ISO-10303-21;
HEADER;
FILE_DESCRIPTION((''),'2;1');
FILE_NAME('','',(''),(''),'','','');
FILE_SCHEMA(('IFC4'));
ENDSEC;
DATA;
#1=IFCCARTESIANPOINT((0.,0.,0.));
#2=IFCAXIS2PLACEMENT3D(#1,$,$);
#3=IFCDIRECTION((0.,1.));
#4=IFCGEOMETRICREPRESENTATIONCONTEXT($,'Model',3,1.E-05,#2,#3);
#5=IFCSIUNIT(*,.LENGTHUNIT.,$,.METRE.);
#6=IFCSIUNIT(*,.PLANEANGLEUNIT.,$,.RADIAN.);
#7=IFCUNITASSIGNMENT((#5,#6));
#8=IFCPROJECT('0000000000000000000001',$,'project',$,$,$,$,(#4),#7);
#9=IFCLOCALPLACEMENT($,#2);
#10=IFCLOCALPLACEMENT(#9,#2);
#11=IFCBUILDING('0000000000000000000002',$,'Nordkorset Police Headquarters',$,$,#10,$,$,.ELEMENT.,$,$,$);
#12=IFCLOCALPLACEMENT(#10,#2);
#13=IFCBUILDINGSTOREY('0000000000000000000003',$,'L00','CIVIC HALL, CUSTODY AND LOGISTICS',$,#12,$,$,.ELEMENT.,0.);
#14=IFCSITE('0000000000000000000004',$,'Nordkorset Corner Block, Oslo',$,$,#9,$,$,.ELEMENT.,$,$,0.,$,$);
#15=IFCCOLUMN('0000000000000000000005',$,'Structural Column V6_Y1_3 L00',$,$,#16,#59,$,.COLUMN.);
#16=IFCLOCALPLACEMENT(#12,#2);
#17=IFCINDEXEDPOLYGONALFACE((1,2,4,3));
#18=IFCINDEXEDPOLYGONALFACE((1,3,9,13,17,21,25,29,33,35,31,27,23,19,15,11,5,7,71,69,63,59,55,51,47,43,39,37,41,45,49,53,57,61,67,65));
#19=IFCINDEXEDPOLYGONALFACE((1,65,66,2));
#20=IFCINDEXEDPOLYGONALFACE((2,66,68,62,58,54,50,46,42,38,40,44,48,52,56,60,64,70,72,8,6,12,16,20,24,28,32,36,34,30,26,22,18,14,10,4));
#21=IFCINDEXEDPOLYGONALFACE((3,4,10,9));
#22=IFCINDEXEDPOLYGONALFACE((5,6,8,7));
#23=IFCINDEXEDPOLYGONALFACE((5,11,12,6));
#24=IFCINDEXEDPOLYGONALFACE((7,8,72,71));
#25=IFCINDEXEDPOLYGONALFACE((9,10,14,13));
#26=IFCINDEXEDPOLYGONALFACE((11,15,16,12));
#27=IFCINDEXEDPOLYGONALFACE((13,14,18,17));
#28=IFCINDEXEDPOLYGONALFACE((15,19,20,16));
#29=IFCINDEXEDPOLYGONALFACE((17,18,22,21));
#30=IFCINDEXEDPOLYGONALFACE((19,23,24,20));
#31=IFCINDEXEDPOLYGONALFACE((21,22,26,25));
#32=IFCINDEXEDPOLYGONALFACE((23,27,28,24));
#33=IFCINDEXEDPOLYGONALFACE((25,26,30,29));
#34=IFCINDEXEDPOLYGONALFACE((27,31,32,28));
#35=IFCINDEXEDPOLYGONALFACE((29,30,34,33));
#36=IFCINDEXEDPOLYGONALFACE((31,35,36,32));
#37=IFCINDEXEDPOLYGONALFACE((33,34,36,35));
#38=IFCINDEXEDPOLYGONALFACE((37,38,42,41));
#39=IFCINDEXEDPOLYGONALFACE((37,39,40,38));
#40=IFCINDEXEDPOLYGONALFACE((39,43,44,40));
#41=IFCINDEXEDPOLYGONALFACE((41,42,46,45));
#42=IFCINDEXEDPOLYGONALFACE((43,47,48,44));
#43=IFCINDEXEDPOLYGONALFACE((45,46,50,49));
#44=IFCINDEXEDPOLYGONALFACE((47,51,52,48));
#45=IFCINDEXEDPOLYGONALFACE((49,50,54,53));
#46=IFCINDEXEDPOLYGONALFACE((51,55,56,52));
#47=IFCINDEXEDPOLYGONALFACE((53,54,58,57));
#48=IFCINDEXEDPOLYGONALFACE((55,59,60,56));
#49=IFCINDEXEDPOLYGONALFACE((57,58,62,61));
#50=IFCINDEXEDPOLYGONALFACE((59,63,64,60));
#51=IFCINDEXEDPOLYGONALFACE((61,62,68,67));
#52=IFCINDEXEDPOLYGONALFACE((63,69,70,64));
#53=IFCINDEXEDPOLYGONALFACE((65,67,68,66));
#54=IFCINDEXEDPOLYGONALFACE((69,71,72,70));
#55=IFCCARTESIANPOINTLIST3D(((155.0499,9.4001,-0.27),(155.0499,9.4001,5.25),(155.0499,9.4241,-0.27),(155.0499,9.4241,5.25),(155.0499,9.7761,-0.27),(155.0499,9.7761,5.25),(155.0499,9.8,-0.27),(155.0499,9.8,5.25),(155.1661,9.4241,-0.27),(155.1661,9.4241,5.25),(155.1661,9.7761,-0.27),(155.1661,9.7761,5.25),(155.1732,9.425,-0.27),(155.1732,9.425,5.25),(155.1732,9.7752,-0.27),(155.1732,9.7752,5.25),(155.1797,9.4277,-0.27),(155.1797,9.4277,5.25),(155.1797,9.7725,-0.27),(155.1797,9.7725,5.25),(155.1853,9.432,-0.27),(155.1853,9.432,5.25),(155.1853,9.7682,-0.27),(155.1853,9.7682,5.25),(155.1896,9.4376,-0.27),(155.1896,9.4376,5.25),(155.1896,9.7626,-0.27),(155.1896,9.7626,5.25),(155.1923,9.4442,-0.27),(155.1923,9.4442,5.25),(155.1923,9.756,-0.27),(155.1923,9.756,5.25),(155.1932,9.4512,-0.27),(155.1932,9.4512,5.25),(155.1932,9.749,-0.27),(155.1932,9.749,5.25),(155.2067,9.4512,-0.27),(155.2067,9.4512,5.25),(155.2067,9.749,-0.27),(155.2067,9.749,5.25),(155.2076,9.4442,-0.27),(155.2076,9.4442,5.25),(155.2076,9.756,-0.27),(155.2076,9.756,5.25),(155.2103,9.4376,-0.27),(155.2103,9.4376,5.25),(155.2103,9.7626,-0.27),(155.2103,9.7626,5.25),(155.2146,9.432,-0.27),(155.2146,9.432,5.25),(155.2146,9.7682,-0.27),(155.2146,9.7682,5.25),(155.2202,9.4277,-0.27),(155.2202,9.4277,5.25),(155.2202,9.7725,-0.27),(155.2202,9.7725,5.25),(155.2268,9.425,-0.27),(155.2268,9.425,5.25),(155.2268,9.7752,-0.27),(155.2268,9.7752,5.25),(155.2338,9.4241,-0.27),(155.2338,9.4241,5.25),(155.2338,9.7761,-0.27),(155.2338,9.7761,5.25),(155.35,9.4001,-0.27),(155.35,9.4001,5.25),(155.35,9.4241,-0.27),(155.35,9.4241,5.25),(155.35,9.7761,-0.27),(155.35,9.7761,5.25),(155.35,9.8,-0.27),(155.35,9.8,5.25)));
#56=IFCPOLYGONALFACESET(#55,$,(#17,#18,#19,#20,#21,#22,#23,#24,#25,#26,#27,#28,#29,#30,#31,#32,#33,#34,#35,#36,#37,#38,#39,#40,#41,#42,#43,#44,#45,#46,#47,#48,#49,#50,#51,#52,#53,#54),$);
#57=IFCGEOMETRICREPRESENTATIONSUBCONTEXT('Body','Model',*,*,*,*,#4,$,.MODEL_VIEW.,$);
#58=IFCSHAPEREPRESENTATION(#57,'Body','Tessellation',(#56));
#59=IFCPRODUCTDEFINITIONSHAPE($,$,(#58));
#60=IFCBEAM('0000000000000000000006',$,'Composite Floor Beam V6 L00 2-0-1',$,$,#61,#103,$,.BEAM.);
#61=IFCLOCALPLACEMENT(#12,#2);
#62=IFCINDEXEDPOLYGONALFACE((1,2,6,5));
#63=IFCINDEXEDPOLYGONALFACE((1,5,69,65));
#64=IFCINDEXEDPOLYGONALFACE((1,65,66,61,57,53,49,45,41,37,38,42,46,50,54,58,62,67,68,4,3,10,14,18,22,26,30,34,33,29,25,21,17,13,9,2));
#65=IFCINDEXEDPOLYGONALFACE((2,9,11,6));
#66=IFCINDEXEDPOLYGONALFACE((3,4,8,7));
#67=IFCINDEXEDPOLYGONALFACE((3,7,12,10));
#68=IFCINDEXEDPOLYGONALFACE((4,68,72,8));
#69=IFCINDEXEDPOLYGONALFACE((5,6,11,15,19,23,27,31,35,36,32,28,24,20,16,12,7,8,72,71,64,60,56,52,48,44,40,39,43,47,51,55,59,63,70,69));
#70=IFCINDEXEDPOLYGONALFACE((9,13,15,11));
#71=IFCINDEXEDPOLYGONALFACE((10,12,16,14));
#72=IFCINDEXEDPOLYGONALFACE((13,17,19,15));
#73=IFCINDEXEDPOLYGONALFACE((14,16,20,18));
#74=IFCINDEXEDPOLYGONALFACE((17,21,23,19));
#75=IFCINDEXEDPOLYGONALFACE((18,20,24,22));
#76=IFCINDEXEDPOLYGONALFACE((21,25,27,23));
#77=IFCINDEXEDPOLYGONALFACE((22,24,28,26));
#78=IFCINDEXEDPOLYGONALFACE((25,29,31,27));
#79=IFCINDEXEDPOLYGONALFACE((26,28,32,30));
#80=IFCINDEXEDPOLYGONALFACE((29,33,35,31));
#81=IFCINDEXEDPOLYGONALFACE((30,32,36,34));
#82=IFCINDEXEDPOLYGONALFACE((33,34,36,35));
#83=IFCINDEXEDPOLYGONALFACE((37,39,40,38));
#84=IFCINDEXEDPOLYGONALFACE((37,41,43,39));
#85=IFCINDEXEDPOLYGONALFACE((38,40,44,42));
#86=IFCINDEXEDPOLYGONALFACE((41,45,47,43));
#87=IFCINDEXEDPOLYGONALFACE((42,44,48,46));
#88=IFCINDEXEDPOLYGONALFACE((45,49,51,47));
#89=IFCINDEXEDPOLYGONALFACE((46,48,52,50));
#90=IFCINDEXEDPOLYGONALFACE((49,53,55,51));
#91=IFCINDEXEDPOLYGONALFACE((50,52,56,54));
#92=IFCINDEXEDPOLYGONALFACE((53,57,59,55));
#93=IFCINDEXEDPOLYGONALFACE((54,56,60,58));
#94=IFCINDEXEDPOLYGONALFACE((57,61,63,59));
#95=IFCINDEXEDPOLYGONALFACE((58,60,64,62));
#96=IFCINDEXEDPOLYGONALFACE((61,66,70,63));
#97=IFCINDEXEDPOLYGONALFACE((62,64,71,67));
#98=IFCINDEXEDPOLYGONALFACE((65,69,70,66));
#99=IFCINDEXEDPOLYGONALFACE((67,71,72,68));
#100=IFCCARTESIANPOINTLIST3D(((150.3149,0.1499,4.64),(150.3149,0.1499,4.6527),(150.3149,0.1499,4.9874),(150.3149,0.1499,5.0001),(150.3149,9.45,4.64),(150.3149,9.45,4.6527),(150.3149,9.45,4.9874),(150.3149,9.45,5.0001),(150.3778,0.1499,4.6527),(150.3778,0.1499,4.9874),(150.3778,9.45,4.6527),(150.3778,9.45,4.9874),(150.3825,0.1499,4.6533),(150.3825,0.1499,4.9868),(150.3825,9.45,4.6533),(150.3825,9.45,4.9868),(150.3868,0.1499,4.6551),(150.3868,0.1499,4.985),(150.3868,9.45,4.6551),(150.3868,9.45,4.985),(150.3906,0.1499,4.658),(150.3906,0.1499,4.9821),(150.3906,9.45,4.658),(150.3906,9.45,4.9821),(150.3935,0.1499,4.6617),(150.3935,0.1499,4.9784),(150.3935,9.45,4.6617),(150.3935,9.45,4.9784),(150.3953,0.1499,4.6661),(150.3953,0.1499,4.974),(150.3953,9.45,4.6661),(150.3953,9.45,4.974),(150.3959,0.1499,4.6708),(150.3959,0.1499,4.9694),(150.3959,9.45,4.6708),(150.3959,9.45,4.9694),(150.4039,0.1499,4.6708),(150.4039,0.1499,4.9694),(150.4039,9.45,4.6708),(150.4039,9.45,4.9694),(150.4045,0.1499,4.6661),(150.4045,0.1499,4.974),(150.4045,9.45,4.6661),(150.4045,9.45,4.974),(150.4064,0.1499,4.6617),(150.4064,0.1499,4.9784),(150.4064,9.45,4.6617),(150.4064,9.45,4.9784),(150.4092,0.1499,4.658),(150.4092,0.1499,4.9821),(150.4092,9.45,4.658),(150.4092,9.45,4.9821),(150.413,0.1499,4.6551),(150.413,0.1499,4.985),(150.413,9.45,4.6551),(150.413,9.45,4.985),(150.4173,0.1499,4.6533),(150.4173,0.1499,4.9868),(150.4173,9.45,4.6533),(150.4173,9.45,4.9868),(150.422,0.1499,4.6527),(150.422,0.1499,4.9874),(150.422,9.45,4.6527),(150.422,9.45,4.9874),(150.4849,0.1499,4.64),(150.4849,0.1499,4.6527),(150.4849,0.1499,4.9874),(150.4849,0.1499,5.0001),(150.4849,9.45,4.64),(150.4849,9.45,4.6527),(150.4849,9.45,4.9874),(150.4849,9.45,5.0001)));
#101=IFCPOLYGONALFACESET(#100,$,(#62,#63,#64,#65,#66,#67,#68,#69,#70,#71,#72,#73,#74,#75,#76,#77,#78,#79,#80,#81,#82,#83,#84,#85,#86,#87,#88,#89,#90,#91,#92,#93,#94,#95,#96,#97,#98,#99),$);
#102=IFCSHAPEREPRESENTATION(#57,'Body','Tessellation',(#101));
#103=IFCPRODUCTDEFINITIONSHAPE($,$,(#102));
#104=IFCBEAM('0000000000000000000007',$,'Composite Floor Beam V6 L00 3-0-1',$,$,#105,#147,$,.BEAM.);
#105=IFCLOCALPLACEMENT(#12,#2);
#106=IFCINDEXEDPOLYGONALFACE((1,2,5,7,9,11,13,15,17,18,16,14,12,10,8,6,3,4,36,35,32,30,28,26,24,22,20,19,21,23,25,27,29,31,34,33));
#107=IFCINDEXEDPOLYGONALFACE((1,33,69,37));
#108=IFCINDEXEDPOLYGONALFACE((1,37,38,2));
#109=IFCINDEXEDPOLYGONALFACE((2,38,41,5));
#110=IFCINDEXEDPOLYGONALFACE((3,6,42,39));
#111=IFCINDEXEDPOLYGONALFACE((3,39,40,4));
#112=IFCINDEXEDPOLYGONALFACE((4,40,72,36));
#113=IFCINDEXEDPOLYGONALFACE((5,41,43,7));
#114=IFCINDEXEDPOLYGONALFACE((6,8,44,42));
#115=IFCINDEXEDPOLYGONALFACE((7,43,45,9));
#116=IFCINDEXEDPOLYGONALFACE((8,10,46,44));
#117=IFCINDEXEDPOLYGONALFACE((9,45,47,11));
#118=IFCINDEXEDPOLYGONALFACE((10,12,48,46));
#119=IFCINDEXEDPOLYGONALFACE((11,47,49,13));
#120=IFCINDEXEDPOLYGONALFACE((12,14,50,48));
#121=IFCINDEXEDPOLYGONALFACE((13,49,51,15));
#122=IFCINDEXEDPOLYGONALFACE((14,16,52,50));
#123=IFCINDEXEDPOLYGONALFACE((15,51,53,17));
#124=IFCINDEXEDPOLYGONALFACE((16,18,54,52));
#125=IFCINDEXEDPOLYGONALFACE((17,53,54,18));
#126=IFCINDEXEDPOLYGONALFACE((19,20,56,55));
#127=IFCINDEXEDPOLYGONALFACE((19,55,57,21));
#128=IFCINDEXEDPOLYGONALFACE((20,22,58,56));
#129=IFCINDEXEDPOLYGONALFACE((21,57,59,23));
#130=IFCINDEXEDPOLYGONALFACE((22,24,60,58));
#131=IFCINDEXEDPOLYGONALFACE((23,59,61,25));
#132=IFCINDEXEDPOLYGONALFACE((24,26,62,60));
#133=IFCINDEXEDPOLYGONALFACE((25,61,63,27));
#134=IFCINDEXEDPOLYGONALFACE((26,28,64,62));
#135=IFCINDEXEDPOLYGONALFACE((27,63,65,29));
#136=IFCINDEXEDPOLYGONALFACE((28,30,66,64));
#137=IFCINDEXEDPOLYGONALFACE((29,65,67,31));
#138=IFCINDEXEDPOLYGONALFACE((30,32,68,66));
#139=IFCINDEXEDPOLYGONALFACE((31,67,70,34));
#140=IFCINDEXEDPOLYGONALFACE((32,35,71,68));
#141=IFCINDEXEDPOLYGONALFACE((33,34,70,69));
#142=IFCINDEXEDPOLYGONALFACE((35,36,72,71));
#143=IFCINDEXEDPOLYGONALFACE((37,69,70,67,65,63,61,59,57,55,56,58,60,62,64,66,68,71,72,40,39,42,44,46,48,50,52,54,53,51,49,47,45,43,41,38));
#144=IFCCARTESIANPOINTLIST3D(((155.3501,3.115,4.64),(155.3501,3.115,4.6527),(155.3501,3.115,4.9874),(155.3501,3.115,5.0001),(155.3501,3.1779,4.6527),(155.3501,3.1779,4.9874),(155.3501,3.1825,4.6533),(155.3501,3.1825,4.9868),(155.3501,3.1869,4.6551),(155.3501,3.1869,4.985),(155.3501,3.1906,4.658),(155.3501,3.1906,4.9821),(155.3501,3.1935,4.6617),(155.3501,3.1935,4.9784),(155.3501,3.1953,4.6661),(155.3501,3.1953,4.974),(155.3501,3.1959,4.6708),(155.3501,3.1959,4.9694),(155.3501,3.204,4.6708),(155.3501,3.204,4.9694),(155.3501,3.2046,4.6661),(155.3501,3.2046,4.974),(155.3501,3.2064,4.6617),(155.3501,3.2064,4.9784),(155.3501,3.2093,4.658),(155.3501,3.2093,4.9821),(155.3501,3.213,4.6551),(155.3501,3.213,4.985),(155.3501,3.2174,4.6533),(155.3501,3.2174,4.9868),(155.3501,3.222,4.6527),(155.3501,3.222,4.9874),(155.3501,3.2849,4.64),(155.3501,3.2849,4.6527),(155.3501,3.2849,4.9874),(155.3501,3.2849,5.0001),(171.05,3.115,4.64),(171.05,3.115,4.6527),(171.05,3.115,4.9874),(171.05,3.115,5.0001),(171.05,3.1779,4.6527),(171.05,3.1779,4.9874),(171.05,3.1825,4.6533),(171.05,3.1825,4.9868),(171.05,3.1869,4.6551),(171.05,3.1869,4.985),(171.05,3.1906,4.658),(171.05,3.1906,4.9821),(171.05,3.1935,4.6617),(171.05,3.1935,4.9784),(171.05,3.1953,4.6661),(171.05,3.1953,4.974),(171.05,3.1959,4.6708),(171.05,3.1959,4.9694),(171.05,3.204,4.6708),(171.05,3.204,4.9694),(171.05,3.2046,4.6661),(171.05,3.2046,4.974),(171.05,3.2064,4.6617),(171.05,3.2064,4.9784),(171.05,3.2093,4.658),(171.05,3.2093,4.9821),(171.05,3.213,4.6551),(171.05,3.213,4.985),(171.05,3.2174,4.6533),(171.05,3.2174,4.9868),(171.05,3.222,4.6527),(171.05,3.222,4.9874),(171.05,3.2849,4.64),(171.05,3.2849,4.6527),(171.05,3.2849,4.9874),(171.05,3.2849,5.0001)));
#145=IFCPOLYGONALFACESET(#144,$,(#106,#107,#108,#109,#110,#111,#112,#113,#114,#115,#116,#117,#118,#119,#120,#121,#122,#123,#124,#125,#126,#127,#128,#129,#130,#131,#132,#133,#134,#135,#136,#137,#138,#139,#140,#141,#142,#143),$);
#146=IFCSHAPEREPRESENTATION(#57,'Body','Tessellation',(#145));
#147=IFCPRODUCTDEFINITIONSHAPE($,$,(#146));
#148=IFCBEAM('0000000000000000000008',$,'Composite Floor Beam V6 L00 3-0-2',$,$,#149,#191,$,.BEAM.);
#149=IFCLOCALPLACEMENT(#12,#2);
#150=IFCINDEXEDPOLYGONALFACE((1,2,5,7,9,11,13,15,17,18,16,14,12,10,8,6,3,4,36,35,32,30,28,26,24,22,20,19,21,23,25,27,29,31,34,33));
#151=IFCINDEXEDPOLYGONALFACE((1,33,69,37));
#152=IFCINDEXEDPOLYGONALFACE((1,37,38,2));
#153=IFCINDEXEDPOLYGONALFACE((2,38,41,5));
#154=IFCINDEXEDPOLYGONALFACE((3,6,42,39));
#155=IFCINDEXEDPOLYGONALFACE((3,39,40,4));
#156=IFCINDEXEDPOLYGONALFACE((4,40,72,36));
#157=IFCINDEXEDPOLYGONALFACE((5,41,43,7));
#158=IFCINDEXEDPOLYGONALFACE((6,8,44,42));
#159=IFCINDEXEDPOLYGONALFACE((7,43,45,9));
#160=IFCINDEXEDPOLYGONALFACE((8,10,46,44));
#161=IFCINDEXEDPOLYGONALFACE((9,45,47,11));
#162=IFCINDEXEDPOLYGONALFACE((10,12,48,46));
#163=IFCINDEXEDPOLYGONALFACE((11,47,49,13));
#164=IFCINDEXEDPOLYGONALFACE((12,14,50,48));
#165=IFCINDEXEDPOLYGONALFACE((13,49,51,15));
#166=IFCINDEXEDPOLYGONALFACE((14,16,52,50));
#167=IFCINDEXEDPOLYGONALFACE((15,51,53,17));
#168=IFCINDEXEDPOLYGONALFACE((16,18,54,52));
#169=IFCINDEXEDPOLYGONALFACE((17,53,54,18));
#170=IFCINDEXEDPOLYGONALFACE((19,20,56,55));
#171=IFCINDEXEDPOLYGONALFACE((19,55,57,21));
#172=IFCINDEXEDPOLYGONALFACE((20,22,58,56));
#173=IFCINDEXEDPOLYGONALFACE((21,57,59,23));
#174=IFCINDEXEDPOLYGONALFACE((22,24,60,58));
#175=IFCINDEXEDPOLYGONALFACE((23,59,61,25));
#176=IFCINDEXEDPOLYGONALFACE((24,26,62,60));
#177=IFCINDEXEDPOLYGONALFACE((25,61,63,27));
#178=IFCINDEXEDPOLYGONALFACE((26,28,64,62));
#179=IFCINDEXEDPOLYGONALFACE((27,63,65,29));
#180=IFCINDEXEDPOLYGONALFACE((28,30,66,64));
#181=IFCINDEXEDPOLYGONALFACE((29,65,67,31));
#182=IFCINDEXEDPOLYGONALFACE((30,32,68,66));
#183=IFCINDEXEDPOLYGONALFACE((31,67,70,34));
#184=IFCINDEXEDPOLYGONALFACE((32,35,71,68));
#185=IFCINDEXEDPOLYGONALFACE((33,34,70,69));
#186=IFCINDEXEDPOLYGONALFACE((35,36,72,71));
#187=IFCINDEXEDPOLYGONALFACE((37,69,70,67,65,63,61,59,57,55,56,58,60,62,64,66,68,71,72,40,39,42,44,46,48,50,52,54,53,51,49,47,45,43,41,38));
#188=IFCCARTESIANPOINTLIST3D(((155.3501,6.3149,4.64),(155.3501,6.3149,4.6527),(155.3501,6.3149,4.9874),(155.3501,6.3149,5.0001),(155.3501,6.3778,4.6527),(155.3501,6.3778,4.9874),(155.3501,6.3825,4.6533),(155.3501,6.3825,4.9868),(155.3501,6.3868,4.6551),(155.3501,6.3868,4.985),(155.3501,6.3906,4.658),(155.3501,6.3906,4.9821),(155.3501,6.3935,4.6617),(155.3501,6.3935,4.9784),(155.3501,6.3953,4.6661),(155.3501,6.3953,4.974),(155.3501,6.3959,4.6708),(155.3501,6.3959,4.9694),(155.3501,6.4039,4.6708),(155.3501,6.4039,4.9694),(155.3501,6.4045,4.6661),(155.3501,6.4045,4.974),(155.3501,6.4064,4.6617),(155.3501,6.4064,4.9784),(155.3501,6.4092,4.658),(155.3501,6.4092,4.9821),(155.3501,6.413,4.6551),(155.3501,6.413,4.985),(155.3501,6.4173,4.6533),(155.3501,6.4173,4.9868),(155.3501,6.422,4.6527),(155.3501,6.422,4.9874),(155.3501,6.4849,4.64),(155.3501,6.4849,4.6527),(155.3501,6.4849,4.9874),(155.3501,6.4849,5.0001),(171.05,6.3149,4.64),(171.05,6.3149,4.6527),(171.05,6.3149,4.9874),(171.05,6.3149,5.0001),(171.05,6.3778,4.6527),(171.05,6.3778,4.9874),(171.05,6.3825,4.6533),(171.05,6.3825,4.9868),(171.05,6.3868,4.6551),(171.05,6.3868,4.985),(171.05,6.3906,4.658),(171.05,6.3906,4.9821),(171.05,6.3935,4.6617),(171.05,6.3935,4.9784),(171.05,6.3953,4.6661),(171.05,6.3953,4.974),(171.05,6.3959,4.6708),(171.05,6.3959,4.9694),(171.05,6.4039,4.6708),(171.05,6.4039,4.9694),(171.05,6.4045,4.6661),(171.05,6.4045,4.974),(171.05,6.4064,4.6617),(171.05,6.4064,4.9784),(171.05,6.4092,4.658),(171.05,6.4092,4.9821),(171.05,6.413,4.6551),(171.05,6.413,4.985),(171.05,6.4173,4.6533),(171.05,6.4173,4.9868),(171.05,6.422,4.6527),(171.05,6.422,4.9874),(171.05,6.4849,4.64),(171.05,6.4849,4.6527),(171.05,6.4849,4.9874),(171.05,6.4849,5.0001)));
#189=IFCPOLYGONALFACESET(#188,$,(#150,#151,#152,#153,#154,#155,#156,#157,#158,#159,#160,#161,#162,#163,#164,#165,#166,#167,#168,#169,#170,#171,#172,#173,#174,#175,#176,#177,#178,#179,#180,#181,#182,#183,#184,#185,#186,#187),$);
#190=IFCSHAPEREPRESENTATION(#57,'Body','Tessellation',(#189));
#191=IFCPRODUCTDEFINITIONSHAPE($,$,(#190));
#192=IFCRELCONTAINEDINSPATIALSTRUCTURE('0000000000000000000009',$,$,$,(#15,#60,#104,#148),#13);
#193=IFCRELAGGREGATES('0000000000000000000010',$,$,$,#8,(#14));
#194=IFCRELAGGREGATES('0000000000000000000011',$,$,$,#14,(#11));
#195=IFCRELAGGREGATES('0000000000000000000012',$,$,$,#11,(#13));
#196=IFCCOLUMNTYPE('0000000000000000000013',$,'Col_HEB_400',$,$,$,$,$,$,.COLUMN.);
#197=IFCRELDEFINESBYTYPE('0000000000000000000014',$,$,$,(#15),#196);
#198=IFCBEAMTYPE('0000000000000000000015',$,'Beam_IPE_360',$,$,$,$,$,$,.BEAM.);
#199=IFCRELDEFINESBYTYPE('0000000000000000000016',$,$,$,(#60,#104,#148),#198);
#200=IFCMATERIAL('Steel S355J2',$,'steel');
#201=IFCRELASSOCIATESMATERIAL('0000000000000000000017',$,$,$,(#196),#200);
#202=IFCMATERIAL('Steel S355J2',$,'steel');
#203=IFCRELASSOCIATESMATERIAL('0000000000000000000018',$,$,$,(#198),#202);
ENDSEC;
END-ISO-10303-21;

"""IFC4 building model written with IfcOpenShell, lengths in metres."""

from ifc_helpers import new_model, si_unit, direction, frame, origin, origin_2d, place, context, subcontext, project, spatial, i_section, extrude, material, material_profile, profile_set, type_object, element, save


model = new_model("IFC4")

# Units and contexts
model_context = context("Model", 3, precision=1e-05, world=origin(), true_north=direction((0.0, 1.0)))
body_context = subcontext(model_context, "Body", "Model", "MODEL_VIEW")
ifc_project = project(units=[si_unit("LENGTHUNIT", "METRE"), si_unit("PLANEANGLEUNIT", "RADIAN")], contexts=[model_context])

# Site, building, storey
site_placement = place(None, origin())
site = spatial("IfcSite", under=ifc_project, at=site_placement, Name="Nordkorset Corner Block, Oslo", CompositionType="ELEMENT", RefElevation=0.0)
building_placement = place(site_placement, origin())
building = spatial("IfcBuilding", under=site, at=building_placement, Name="Nordkorset Police Headquarters", CompositionType="ELEMENT")
storey_placement = place(building_placement, origin())
storey = spatial("IfcBuildingStorey", under=building, at=storey_placement, Name="L00", Description="CIVIC HALL, CUSTODY AND LOGISTICS", CompositionType="ELEMENT", Elevation=0.0)

# Column
ifc_material_1 = material(Name="Steel S355J2", Category="steel")
ifc_material_profile_1 = material_profile(ifc_material_1, i_section(OverallWidth=0.3, OverallDepth=0.3999, WebThickness=0.0134, FlangeThickness=0.0239, FilletRadius=0.0271, at=origin_2d()), Name="HEB 400")
ifc_profile_set_1 = profile_set([ifc_material_profile_1], Name="Steel S355J2")
column_type = type_object("IfcColumnType", Name="Col_HEB_400", PredefinedType="COLUMN", material=ifc_profile_set_1)
for number, where, z_axis, x_axis, name in (
    (1, (155.2, 9.6001, -0.27), (0.0, 0.0, 1.0), (1.0, 0.0, 0.0), "Structural Column V6_Y1_3 L00"),
):
    element("IfcColumn", number, at=place(storey_placement, frame(where, z_axis=z_axis, x_axis=x_axis)), inside=storey, type_object=column_type, Name=name, PredefinedType="COLUMN", context=body_context, shape_type="SweptSolid", body=[
        extrude(i_section(OverallWidth=0.3, OverallDepth=0.3999, WebThickness=0.0134, FlangeThickness=0.0239, FilletRadius=0.0271, at=origin_2d()), origin(), (0.0, 0.0, 1.0), 5.52),
    ])

# Beams
ifc_material_2 = material(Name="Steel S355J2", Category="steel")
ifc_material_profile_2 = material_profile(ifc_material_2, i_section(OverallWidth=0.1699, OverallDepth=0.3601, WebThickness=0.0081, FlangeThickness=0.0127, FilletRadius=0.0181, at=origin_2d()), Name="IPE 360")
ifc_profile_set_2 = profile_set([ifc_material_profile_2], Name="Steel S355J2")
beam_type_1 = type_object("IfcBeamType", Name="Beam_IPE_360", PredefinedType="BEAM", material=ifc_profile_set_2)
beam_1_placement = place(storey_placement, frame((150.3999, 0.1499, 4.8201), z_axis=(0.0, 1.0, 0.0), x_axis=(-1.0, 0.0, 0.0)))
element("IfcBeam", 2, at=beam_1_placement, inside=storey, type_object=beam_type_1, Name="Composite Floor Beam V6 L00 2-0-1", PredefinedType="BEAM", context=body_context, shape_type="SweptSolid", body=[
    extrude(i_section(OverallWidth=0.1699, OverallDepth=0.3601, WebThickness=0.0081, FlangeThickness=0.0127, FilletRadius=0.0181, at=origin_2d()), origin(), (0.0, 0.0, 1.0), 9.3),
])
for number, where, z_axis, x_axis, name in (
    (3, (155.3501, 3.2, 4.8201), (1.0, 0.0, 0.0), (0.0, 1.0, 0.0), "Composite Floor Beam V6 L00 3-0-1"),
    (4, (155.3501, 6.3999, 4.8201), (1.0, 0.0, 0.0), (0.0, 1.0, 0.0), "Composite Floor Beam V6 L00 3-0-2"),
):
    element("IfcBeam", number, at=place(storey_placement, frame(where, z_axis=z_axis, x_axis=x_axis)), inside=storey, type_object=beam_type_1, Name=name, PredefinedType="BEAM", context=body_context, shape_type="SweptSolid", body=[
        extrude(i_section(OverallWidth=0.1699, OverallDepth=0.3601, WebThickness=0.0081, FlangeThickness=0.0127, FilletRadius=0.0181, at=origin_2d()), origin(), (0.0, 0.0, 1.0), 15.7),
    ])

save(model, "model.ifc")
